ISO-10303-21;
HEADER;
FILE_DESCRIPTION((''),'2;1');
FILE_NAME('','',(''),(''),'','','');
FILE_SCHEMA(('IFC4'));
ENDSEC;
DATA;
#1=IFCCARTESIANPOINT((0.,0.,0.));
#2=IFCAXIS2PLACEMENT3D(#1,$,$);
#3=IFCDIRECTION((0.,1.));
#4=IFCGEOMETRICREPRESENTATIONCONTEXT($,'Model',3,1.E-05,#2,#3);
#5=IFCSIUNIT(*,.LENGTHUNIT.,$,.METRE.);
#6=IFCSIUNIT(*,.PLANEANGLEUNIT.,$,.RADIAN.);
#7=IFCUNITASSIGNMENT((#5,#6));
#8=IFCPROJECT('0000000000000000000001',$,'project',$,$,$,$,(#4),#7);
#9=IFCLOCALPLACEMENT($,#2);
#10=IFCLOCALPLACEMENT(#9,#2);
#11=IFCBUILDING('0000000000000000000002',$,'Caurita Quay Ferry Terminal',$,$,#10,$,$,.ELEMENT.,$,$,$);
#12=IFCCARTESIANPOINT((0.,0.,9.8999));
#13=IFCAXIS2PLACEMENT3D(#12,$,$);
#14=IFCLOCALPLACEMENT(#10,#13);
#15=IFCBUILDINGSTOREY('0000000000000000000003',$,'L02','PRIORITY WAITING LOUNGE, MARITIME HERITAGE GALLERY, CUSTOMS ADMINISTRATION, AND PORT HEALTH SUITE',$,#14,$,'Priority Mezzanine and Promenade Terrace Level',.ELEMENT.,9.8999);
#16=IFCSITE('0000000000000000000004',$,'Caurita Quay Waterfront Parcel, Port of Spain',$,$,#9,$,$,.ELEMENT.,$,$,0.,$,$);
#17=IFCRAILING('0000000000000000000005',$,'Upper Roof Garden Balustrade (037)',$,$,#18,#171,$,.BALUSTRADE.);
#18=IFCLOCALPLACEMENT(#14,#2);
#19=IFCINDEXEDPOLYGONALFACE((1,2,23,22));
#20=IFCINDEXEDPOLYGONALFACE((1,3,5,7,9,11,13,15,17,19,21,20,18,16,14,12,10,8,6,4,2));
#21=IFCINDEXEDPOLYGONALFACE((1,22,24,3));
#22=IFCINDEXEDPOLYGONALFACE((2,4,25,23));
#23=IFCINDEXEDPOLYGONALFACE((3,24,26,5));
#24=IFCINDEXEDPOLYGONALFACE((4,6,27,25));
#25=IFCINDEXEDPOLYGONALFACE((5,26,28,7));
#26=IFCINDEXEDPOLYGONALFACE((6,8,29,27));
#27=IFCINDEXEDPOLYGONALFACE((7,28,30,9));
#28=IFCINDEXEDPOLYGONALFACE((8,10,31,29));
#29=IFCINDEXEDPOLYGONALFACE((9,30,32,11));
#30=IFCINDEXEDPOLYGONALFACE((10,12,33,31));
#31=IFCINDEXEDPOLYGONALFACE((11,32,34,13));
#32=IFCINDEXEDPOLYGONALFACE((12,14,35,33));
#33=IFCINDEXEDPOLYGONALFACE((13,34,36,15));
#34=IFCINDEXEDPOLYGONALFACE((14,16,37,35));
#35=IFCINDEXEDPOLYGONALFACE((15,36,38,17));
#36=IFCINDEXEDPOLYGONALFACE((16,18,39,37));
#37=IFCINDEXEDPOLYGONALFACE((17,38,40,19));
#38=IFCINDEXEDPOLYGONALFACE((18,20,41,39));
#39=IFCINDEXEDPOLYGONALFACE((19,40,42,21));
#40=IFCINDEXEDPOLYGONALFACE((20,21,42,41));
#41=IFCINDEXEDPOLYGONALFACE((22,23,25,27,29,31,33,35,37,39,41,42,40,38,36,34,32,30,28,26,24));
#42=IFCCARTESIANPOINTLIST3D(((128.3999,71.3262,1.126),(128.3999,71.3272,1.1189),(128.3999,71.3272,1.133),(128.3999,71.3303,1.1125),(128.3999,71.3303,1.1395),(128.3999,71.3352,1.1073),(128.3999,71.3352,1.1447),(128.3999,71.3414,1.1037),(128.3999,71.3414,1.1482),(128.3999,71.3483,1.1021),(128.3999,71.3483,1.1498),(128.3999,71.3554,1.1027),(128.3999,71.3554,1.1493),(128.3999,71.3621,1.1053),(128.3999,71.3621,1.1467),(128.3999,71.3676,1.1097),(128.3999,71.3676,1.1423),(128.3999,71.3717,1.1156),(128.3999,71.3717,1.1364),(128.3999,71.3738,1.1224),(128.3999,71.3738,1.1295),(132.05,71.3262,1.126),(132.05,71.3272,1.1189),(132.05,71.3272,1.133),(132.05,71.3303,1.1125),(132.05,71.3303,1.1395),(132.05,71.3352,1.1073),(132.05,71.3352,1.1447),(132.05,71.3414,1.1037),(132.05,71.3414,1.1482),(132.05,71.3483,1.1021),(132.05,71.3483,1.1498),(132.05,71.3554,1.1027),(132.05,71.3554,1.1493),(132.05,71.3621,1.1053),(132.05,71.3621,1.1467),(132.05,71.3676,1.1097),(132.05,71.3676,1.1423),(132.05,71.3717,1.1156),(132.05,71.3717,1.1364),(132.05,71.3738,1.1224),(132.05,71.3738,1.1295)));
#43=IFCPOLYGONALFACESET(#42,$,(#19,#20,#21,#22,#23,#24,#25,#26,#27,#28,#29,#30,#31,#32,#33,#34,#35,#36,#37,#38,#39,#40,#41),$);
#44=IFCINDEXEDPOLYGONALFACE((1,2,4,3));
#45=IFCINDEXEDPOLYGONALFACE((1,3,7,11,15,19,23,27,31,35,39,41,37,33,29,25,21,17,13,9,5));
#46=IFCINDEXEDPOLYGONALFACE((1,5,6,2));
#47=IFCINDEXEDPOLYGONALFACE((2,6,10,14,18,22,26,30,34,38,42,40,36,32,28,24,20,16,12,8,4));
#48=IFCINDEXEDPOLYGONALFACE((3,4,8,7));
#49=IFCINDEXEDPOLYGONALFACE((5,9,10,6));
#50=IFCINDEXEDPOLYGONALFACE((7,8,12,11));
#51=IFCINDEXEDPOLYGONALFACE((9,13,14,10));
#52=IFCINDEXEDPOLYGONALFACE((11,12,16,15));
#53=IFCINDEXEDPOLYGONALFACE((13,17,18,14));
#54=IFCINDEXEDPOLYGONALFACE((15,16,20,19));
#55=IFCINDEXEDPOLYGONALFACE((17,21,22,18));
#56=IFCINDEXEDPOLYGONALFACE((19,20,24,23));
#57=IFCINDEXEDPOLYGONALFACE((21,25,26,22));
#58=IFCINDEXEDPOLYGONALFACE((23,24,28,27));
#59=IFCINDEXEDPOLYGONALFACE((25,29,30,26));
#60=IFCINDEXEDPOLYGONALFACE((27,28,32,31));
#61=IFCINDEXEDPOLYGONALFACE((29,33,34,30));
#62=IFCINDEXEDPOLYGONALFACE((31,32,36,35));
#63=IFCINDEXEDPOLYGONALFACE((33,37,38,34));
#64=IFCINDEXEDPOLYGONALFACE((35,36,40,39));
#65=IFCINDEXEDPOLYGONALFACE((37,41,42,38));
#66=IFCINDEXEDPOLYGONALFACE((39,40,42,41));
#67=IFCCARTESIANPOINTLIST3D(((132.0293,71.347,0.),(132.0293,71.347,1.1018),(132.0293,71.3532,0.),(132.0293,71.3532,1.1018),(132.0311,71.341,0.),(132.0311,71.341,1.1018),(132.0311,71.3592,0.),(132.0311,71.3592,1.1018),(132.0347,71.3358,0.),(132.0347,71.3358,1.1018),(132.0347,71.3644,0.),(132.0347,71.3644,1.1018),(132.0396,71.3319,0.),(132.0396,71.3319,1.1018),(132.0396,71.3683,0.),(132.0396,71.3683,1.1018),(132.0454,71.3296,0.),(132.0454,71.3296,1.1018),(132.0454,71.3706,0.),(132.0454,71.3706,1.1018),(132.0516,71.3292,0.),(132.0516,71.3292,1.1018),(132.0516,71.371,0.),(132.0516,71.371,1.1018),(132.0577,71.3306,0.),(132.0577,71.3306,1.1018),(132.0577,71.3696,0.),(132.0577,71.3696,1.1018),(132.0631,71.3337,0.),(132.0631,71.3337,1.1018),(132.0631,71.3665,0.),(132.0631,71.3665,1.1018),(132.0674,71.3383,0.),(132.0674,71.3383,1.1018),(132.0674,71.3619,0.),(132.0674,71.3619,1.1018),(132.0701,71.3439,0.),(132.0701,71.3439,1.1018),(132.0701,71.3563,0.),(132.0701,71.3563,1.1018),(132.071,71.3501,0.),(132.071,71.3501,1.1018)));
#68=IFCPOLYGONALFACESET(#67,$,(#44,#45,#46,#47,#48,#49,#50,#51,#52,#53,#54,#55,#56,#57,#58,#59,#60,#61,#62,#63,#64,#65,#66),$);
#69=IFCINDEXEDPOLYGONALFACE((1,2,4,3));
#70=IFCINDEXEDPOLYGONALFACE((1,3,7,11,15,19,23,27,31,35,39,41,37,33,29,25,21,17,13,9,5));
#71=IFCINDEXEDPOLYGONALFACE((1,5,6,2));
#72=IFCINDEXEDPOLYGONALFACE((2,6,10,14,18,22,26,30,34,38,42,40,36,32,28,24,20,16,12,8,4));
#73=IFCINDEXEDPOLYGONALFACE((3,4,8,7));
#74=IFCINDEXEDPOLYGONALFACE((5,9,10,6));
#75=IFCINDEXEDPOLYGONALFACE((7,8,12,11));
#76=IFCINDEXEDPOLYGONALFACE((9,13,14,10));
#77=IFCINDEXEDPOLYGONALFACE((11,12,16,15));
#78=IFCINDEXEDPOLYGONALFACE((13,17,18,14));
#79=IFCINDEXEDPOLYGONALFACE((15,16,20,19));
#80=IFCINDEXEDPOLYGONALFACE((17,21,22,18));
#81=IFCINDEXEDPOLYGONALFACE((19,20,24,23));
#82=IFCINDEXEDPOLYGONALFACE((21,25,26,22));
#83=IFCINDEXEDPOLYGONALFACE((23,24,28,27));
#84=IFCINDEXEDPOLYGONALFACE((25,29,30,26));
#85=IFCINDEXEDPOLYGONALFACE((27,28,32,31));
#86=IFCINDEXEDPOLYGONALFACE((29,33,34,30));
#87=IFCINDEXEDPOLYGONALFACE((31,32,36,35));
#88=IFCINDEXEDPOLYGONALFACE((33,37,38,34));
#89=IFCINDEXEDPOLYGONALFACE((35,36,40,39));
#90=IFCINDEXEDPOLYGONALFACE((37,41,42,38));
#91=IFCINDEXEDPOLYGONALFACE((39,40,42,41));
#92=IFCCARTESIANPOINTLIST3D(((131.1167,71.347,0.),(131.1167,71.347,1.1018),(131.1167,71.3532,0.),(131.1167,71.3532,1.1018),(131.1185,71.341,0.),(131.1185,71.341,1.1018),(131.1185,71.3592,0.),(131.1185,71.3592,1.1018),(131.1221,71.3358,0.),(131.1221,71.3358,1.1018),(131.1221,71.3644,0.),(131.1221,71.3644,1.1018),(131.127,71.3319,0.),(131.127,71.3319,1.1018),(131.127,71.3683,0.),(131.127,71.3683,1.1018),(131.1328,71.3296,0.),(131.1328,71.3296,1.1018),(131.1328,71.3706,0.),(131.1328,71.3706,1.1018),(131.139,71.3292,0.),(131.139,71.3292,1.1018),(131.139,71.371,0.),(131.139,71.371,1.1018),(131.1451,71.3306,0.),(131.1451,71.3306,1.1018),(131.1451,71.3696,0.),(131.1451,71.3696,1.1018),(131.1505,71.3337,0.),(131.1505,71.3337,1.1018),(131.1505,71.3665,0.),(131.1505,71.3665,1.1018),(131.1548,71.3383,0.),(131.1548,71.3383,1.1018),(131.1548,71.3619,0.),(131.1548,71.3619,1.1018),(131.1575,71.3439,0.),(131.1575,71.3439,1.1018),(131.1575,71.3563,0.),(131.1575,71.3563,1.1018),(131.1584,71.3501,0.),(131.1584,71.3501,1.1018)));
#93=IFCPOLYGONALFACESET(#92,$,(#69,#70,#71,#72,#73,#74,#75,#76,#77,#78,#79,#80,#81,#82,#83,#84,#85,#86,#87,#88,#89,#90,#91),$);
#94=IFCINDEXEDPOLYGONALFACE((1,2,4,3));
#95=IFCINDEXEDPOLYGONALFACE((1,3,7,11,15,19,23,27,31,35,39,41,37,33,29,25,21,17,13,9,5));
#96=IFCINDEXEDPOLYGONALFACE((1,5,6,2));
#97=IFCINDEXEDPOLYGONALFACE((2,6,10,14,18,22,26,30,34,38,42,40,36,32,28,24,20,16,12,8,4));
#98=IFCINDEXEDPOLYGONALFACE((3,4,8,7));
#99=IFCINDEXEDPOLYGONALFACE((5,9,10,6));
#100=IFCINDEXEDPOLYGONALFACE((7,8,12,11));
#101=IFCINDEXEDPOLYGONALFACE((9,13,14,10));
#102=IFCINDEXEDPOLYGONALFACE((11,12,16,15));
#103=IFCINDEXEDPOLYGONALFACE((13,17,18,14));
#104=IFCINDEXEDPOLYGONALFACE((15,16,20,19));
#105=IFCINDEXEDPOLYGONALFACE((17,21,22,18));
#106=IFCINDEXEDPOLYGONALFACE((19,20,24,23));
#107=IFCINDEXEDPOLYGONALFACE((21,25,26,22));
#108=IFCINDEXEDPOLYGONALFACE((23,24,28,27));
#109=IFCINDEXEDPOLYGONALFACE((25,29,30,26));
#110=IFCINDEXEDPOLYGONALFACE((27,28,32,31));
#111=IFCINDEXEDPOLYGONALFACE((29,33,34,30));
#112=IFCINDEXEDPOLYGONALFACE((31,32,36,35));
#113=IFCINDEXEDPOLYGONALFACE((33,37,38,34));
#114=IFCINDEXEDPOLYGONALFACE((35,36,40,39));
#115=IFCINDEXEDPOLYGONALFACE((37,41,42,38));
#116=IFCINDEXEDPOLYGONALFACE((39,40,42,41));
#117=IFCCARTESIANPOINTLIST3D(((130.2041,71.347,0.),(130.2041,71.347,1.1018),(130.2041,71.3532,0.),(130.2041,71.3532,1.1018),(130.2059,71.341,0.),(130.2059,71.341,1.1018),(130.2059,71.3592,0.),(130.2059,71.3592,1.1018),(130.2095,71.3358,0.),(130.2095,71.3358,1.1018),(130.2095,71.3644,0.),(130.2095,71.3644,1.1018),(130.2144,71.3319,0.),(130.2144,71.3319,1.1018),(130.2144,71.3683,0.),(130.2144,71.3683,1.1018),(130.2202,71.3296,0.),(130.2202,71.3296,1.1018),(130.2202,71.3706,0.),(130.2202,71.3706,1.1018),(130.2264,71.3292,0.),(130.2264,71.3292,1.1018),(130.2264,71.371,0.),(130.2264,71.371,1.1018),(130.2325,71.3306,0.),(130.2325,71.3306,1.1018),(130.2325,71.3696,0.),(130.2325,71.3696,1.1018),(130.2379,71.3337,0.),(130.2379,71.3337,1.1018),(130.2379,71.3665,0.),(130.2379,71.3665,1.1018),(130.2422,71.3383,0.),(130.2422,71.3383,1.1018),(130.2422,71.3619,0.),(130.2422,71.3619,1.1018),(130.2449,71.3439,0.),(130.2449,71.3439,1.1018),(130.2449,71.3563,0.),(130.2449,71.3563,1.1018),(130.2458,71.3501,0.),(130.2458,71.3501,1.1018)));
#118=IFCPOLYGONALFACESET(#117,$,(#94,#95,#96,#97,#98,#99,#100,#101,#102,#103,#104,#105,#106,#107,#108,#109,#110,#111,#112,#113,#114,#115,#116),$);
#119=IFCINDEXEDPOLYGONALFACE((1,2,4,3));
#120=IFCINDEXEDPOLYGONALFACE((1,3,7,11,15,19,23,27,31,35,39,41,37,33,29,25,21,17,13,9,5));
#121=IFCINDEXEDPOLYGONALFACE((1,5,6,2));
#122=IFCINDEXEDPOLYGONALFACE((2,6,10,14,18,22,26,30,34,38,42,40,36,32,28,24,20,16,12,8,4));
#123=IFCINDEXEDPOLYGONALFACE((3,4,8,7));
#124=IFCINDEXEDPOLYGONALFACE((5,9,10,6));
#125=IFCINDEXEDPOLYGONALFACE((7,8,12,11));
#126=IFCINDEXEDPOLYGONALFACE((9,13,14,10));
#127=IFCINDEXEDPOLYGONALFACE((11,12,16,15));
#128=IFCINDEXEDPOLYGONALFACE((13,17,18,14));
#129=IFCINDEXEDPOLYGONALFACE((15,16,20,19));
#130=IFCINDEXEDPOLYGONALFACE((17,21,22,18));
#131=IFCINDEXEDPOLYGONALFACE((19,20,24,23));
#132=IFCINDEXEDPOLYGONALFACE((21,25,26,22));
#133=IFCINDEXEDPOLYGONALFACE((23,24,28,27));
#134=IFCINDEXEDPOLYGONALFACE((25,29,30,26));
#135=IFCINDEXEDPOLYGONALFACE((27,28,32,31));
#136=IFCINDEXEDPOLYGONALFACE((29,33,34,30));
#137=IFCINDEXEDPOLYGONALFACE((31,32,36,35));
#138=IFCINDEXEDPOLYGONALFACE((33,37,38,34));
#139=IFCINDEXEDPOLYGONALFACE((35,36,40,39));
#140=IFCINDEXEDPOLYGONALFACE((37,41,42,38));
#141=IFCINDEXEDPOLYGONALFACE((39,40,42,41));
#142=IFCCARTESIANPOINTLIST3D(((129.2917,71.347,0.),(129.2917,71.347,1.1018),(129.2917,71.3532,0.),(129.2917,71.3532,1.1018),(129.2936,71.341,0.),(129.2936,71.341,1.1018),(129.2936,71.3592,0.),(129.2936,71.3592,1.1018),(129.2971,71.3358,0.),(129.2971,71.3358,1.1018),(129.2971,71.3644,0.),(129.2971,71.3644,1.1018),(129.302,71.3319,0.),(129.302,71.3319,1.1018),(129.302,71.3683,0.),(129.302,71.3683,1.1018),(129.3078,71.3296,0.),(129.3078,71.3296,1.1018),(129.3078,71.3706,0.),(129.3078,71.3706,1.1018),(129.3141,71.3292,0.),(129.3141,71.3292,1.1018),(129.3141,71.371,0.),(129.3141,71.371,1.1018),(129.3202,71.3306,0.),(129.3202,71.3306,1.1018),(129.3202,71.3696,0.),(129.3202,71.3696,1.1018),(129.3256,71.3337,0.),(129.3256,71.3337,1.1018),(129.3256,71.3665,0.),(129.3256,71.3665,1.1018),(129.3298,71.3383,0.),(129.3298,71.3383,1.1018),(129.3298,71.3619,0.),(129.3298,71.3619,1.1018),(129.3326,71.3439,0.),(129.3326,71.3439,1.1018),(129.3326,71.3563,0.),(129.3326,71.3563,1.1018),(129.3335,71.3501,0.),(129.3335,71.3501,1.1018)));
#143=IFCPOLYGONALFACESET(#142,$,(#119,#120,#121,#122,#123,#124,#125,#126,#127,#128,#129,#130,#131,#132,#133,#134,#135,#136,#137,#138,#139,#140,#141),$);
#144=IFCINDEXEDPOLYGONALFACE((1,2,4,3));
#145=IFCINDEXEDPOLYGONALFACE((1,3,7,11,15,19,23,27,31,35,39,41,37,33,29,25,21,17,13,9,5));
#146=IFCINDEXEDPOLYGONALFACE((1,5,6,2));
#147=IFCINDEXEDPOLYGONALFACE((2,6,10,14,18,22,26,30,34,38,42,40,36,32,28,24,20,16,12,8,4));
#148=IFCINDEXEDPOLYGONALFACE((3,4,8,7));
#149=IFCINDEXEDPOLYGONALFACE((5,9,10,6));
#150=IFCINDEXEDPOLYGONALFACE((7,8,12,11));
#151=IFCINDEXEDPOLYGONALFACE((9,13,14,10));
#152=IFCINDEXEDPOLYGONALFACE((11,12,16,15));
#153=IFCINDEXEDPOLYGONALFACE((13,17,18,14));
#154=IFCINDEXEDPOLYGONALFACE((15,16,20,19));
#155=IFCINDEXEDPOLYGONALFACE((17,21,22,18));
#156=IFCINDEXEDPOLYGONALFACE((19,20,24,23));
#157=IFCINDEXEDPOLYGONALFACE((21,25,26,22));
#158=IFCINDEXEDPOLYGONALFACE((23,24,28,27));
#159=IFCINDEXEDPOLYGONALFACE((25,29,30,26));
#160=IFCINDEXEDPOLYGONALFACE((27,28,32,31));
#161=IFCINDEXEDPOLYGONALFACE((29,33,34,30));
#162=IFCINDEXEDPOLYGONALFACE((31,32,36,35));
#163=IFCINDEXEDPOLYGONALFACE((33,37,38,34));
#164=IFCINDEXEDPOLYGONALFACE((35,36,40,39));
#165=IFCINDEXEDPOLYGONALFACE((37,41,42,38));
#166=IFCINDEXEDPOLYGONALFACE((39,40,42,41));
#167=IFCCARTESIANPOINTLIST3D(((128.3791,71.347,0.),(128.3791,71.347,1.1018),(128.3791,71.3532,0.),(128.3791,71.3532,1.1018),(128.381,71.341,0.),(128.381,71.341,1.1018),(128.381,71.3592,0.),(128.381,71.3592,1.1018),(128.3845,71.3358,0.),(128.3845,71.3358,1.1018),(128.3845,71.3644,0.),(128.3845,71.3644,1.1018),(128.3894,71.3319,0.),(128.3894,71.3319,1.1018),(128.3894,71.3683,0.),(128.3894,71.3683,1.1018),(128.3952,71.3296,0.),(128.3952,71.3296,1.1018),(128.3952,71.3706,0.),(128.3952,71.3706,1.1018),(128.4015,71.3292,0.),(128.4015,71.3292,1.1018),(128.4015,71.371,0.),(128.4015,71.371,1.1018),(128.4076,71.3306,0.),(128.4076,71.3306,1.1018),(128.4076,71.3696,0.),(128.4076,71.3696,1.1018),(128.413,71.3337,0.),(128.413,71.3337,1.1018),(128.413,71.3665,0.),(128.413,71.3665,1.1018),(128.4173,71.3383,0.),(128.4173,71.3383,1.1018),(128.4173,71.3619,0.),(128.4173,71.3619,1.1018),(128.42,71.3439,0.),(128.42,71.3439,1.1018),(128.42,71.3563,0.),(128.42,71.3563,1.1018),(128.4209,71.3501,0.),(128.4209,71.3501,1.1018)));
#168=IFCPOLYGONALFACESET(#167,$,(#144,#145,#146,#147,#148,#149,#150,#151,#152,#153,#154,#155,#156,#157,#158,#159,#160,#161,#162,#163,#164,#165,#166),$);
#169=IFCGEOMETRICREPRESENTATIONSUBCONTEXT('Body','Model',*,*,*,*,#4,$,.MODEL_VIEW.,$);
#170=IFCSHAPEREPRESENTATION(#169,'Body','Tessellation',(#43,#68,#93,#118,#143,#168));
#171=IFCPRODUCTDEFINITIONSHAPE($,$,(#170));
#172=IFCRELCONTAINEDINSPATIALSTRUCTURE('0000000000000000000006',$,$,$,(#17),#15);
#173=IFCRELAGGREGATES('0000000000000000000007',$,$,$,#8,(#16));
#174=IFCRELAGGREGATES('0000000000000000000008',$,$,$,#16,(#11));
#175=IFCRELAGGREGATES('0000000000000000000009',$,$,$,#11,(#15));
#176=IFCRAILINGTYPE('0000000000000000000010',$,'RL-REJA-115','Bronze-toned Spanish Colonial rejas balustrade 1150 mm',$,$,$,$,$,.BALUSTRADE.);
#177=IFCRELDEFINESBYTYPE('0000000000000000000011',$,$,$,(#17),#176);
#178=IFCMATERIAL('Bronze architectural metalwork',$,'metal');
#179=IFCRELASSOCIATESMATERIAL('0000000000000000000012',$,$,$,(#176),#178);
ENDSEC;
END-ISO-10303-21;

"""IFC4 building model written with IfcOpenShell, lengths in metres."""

from ifc_helpers import new_model, si_unit, direction, frame, origin, origin_2d, place, context, subcontext, project, spatial, circle, extrude, material, type_object, element, save


model = new_model("IFC4")

# Units and contexts
model_context = context("Model", 3, precision=1e-05, world=origin(), true_north=direction((0.0, 1.0)))
body_context = subcontext(model_context, "Body", "Model", "MODEL_VIEW")
ifc_project = project(units=[si_unit("LENGTHUNIT", "METRE"), si_unit("PLANEANGLEUNIT", "RADIAN")], contexts=[model_context])

# Site, building, storey
site_placement = place(None, origin())
site = spatial("IfcSite", under=ifc_project, at=site_placement, Name="Caurita Quay Waterfront Parcel, Port of Spain", CompositionType="ELEMENT", RefElevation=0.0)
building_placement = place(site_placement, origin())
building = spatial("IfcBuilding", under=site, at=building_placement, Name="Caurita Quay Ferry Terminal", CompositionType="ELEMENT")
storey_placement = place(building_placement, frame((0.0, 0.0, 9.8999)))
storey = spatial("IfcBuildingStorey", under=building, at=storey_placement, Name="L02", Description="PRIORITY WAITING LOUNGE, MARITIME HERITAGE GALLERY, CUSTOMS ADMINISTRATION, AND PORT HEALTH SUITE", LongName="Priority Mezzanine and Promenade Terrace Level", CompositionType="ELEMENT", Elevation=9.8999)

# Railing
ifc_material_1 = material(Name="Bronze architectural metalwork", Category="metal")
railing_type = type_object("IfcRailingType", Name="RL-REJA-115", Description="Bronze-toned Spanish Colonial rejas balustrade 1150 mm", PredefinedType="BALUSTRADE", material=ifc_material_1)
railing_1_placement = place(storey_placement, frame((132.05, 71.3501, 0.0)))
element("IfcRailing", 1, at=railing_1_placement, inside=storey, type_object=railing_type, Name="Upper Roof Garden Balustrade (037)", PredefinedType="BALUSTRADE", context=body_context, shape_type="SweptSolid", body=[
    extrude(circle(Radius=0.0239, at=origin_2d()), frame((0.0, 0.0, 1.126), z_axis=(-1.0, 0.0, 0.0), x_axis=(0.0, -1.0, 0.0)), (0.0, 0.0, 1.0), 3.6501),
    extrude(circle(Radius=0.021, at=origin_2d()), origin(), (0.0, 0.0, 1.0), 1.1018),
    extrude(circle(Radius=0.021, at=origin_2d()), frame((-0.9126, 0.0, 0.0)), (0.0, 0.0, 1.0), 1.1018),
    extrude(circle(Radius=0.021, at=origin_2d()), frame((-1.8252, 0.0, 0.0)), (0.0, 0.0, 1.0), 1.1018),
    extrude(circle(Radius=0.021, at=origin_2d()), frame((-2.7375, 0.0, 0.0)), (0.0, 0.0, 1.0), 1.1018),
    extrude(circle(Radius=0.021, at=origin_2d()), frame((-3.6501, 0.0, 0.0)), (0.0, 0.0, 1.0), 1.1018),
])

save(model, "model.ifc")
